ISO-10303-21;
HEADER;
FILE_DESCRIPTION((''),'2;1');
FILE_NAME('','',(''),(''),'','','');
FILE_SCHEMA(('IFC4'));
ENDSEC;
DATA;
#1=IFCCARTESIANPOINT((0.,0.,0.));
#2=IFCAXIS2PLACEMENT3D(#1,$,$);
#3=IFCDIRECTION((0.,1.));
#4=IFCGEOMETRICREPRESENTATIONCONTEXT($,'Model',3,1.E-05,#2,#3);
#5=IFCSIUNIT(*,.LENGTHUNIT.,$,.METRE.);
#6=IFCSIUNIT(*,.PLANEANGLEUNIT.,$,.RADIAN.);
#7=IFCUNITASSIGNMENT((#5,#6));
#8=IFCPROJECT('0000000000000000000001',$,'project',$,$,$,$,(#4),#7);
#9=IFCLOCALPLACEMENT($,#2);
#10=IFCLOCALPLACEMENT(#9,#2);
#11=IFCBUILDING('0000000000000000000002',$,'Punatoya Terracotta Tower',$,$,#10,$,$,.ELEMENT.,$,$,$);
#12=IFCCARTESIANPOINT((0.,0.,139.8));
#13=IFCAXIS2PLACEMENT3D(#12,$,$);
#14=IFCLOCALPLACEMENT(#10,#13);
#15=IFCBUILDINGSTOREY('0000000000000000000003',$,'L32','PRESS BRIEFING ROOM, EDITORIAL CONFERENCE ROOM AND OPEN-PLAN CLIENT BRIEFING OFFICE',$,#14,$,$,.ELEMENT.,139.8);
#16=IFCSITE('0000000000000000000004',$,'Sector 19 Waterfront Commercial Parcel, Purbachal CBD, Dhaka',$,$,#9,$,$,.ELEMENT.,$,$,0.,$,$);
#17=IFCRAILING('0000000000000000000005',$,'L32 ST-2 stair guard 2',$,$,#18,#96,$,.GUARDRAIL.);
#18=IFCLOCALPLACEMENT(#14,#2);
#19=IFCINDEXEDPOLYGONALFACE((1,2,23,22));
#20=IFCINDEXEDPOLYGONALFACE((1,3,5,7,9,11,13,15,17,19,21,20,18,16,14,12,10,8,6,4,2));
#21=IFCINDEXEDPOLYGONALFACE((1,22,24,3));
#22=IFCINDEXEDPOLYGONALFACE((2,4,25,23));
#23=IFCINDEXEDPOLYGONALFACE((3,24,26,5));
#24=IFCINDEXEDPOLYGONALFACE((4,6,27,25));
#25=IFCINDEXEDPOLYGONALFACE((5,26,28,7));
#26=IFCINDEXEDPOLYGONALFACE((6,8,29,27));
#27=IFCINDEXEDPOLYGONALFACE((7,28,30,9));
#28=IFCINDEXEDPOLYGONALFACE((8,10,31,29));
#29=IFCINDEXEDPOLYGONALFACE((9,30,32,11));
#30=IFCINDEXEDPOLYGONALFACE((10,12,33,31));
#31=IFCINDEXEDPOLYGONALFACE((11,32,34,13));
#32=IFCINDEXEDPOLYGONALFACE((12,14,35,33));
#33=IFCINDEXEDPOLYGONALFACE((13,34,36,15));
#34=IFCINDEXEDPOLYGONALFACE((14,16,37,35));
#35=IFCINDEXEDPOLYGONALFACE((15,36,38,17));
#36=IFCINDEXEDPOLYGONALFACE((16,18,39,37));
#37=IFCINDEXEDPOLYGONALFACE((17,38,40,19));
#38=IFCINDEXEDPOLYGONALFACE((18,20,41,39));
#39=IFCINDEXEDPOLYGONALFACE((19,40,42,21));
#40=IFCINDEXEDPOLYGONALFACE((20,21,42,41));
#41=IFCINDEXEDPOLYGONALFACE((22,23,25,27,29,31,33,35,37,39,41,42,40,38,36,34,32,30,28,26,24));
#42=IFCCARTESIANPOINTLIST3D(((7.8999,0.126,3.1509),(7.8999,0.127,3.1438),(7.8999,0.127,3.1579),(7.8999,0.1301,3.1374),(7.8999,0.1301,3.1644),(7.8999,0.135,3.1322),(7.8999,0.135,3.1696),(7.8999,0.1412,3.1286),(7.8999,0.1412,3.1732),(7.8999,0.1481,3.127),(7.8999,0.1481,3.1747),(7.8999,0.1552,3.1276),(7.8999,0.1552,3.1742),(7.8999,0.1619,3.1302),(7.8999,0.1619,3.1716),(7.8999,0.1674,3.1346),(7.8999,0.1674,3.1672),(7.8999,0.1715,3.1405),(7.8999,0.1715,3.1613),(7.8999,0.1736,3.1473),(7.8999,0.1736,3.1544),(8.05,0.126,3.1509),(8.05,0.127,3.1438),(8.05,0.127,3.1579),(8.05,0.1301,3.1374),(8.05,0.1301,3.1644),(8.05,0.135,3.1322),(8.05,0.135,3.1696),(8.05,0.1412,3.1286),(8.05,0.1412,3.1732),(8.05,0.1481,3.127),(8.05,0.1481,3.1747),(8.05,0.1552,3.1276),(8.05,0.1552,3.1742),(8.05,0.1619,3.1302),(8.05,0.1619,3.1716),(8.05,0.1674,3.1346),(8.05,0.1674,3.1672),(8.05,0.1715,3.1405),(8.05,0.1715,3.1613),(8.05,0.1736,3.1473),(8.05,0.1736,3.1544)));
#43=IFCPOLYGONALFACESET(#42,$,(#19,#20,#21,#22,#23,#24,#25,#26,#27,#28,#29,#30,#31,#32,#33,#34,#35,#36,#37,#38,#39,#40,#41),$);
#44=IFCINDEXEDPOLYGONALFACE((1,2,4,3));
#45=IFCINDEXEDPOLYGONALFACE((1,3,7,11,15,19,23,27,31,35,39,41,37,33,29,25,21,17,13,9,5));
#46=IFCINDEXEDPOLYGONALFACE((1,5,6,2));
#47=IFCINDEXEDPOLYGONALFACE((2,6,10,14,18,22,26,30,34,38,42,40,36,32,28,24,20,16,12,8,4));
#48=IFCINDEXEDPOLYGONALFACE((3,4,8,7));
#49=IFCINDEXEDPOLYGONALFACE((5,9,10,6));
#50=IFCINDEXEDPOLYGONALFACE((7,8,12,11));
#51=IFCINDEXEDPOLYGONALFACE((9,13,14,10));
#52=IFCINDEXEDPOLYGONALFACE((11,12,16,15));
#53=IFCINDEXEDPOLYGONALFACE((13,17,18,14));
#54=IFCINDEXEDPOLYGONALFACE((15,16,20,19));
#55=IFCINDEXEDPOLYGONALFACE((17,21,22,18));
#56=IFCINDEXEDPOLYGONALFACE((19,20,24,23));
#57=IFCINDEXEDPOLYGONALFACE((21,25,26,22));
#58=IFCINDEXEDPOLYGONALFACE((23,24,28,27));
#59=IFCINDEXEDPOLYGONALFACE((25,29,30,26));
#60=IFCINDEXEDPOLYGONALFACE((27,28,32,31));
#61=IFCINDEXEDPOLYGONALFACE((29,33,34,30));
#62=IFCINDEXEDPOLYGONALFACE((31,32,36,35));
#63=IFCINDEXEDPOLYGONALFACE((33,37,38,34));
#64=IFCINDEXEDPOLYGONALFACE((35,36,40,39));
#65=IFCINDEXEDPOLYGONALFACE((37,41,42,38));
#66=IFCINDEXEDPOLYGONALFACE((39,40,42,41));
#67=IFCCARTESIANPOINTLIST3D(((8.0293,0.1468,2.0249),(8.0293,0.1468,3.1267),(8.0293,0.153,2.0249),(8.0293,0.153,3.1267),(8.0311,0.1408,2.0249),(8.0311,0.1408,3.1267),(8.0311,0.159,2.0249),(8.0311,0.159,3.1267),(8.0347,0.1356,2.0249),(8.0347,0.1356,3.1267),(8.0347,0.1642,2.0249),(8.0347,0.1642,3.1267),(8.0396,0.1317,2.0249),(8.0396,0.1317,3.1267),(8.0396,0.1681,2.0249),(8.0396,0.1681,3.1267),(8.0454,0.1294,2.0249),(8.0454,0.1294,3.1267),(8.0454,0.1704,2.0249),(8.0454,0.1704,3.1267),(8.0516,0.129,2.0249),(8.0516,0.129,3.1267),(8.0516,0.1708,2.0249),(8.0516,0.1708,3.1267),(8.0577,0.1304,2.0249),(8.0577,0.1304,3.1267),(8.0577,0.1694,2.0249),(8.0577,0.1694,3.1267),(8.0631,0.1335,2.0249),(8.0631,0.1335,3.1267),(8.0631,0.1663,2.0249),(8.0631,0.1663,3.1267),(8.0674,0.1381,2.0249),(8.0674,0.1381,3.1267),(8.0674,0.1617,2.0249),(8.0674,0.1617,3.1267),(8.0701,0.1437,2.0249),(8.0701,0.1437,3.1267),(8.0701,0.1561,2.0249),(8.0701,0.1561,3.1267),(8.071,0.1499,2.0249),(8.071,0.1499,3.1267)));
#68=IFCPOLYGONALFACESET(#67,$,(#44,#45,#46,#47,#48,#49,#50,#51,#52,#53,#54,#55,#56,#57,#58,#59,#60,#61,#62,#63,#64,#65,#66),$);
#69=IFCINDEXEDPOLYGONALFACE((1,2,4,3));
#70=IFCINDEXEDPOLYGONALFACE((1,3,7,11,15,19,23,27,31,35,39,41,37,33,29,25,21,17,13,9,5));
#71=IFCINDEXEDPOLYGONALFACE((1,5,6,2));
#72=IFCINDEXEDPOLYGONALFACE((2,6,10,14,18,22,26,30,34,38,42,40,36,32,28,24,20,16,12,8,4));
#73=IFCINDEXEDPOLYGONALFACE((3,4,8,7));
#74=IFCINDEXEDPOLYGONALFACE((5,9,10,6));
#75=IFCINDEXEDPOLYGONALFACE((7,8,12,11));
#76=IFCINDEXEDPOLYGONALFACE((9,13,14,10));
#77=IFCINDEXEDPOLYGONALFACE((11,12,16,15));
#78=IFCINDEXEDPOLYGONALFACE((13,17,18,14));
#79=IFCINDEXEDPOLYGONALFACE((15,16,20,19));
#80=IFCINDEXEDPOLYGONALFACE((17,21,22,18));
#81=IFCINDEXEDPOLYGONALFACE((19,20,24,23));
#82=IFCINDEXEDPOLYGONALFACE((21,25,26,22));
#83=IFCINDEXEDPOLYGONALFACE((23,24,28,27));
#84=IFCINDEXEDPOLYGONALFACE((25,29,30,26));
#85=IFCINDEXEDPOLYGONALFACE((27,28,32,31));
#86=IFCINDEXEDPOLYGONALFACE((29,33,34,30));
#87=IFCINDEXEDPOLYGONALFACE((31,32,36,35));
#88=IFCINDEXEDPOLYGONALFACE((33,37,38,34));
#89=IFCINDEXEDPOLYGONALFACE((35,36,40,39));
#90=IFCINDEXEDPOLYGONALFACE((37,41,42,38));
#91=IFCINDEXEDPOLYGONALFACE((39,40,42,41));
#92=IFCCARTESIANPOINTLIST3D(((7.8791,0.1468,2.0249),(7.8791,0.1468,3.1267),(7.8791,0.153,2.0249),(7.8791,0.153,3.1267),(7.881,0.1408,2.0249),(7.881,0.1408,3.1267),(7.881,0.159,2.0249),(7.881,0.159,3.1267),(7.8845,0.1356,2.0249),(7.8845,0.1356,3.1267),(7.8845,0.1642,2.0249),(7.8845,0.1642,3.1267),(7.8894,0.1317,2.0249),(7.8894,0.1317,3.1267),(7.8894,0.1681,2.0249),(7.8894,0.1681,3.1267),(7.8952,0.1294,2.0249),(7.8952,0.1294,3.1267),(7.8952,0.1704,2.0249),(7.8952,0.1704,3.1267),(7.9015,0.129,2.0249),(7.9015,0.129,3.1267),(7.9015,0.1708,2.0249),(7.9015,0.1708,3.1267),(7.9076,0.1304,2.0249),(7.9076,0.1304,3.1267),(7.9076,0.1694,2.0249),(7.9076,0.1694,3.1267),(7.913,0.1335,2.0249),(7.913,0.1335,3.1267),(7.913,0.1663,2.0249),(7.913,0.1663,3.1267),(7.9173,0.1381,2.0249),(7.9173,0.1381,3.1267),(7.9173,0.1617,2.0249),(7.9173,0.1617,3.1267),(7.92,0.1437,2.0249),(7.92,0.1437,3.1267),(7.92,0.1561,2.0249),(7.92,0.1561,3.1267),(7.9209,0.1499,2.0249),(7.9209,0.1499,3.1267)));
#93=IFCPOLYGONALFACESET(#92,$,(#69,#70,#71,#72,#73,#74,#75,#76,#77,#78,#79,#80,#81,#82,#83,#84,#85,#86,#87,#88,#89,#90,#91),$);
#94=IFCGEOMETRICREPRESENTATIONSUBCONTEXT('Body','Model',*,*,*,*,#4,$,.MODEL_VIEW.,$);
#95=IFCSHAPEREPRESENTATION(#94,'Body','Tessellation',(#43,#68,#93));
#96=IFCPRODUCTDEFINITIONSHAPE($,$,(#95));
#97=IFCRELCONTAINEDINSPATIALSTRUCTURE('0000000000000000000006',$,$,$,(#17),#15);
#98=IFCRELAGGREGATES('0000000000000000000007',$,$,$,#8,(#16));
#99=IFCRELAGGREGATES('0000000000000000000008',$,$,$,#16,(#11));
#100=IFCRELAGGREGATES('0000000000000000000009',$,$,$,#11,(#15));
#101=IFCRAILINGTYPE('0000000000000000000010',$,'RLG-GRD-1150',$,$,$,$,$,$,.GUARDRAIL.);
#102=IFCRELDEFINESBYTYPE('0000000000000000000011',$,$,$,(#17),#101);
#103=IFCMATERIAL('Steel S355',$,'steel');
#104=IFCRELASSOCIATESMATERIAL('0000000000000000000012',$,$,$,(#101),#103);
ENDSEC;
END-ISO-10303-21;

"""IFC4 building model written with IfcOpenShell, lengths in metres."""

from ifc_helpers import new_model, si_unit, direction, frame, origin, origin_2d, place, context, subcontext, project, spatial, circle, extrude, material, type_object, element, save


model = new_model("IFC4")

# Units and contexts
model_context = context("Model", 3, precision=1e-05, world=origin(), true_north=direction((0.0, 1.0)))
body_context = subcontext(model_context, "Body", "Model", "MODEL_VIEW")
ifc_project = project(units=[si_unit("LENGTHUNIT", "METRE"), si_unit("PLANEANGLEUNIT", "RADIAN")], contexts=[model_context])

# Site, building, storey
site_placement = place(None, origin())
site = spatial("IfcSite", under=ifc_project, at=site_placement, Name="Sector 19 Waterfront Commercial Parcel, Purbachal CBD, Dhaka", CompositionType="ELEMENT", RefElevation=0.0)
building_placement = place(site_placement, origin())
building = spatial("IfcBuilding", under=site, at=building_placement, Name="Punatoya Terracotta Tower", CompositionType="ELEMENT")
storey_placement = place(building_placement, frame((0.0, 0.0, 139.8)))
storey = spatial("IfcBuildingStorey", under=building, at=storey_placement, Name="L32", Description="PRESS BRIEFING ROOM, EDITORIAL CONFERENCE ROOM AND OPEN-PLAN CLIENT BRIEFING OFFICE", CompositionType="ELEMENT", Elevation=139.8)

# Shared definitions
ifc_material_1 = material(Name="Steel S355", Category="steel")

# Railing
railing_type = type_object("IfcRailingType", Name="RLG-GRD-1150", PredefinedType="GUARDRAIL", material=ifc_material_1)
railing_1_placement = place(storey_placement, frame((8.05, 0.1499, 2.0249)))
element("IfcRailing", 1, at=railing_1_placement, inside=storey, type_object=railing_type, Name="L32 ST-2 stair guard 2", PredefinedType="GUARDRAIL", context=body_context, shape_type="SweptSolid", body=[
    extrude(circle(Radius=0.0239, at=origin_2d()), frame((0.0, 0.0, 1.126), z_axis=(-1.0, 0.0, 0.0), x_axis=(0.0, -1.0, 0.0)), (0.0, 0.0, 1.0), 0.1501),
    extrude(circle(Radius=0.021, at=origin_2d()), origin(), (0.0, 0.0, 1.0), 1.1018),
    extrude(circle(Radius=0.021, at=origin_2d()), frame((-0.1501, 0.0, 0.0)), (0.0, 0.0, 1.0), 1.1018),
])

save(model, "model.ifc")
